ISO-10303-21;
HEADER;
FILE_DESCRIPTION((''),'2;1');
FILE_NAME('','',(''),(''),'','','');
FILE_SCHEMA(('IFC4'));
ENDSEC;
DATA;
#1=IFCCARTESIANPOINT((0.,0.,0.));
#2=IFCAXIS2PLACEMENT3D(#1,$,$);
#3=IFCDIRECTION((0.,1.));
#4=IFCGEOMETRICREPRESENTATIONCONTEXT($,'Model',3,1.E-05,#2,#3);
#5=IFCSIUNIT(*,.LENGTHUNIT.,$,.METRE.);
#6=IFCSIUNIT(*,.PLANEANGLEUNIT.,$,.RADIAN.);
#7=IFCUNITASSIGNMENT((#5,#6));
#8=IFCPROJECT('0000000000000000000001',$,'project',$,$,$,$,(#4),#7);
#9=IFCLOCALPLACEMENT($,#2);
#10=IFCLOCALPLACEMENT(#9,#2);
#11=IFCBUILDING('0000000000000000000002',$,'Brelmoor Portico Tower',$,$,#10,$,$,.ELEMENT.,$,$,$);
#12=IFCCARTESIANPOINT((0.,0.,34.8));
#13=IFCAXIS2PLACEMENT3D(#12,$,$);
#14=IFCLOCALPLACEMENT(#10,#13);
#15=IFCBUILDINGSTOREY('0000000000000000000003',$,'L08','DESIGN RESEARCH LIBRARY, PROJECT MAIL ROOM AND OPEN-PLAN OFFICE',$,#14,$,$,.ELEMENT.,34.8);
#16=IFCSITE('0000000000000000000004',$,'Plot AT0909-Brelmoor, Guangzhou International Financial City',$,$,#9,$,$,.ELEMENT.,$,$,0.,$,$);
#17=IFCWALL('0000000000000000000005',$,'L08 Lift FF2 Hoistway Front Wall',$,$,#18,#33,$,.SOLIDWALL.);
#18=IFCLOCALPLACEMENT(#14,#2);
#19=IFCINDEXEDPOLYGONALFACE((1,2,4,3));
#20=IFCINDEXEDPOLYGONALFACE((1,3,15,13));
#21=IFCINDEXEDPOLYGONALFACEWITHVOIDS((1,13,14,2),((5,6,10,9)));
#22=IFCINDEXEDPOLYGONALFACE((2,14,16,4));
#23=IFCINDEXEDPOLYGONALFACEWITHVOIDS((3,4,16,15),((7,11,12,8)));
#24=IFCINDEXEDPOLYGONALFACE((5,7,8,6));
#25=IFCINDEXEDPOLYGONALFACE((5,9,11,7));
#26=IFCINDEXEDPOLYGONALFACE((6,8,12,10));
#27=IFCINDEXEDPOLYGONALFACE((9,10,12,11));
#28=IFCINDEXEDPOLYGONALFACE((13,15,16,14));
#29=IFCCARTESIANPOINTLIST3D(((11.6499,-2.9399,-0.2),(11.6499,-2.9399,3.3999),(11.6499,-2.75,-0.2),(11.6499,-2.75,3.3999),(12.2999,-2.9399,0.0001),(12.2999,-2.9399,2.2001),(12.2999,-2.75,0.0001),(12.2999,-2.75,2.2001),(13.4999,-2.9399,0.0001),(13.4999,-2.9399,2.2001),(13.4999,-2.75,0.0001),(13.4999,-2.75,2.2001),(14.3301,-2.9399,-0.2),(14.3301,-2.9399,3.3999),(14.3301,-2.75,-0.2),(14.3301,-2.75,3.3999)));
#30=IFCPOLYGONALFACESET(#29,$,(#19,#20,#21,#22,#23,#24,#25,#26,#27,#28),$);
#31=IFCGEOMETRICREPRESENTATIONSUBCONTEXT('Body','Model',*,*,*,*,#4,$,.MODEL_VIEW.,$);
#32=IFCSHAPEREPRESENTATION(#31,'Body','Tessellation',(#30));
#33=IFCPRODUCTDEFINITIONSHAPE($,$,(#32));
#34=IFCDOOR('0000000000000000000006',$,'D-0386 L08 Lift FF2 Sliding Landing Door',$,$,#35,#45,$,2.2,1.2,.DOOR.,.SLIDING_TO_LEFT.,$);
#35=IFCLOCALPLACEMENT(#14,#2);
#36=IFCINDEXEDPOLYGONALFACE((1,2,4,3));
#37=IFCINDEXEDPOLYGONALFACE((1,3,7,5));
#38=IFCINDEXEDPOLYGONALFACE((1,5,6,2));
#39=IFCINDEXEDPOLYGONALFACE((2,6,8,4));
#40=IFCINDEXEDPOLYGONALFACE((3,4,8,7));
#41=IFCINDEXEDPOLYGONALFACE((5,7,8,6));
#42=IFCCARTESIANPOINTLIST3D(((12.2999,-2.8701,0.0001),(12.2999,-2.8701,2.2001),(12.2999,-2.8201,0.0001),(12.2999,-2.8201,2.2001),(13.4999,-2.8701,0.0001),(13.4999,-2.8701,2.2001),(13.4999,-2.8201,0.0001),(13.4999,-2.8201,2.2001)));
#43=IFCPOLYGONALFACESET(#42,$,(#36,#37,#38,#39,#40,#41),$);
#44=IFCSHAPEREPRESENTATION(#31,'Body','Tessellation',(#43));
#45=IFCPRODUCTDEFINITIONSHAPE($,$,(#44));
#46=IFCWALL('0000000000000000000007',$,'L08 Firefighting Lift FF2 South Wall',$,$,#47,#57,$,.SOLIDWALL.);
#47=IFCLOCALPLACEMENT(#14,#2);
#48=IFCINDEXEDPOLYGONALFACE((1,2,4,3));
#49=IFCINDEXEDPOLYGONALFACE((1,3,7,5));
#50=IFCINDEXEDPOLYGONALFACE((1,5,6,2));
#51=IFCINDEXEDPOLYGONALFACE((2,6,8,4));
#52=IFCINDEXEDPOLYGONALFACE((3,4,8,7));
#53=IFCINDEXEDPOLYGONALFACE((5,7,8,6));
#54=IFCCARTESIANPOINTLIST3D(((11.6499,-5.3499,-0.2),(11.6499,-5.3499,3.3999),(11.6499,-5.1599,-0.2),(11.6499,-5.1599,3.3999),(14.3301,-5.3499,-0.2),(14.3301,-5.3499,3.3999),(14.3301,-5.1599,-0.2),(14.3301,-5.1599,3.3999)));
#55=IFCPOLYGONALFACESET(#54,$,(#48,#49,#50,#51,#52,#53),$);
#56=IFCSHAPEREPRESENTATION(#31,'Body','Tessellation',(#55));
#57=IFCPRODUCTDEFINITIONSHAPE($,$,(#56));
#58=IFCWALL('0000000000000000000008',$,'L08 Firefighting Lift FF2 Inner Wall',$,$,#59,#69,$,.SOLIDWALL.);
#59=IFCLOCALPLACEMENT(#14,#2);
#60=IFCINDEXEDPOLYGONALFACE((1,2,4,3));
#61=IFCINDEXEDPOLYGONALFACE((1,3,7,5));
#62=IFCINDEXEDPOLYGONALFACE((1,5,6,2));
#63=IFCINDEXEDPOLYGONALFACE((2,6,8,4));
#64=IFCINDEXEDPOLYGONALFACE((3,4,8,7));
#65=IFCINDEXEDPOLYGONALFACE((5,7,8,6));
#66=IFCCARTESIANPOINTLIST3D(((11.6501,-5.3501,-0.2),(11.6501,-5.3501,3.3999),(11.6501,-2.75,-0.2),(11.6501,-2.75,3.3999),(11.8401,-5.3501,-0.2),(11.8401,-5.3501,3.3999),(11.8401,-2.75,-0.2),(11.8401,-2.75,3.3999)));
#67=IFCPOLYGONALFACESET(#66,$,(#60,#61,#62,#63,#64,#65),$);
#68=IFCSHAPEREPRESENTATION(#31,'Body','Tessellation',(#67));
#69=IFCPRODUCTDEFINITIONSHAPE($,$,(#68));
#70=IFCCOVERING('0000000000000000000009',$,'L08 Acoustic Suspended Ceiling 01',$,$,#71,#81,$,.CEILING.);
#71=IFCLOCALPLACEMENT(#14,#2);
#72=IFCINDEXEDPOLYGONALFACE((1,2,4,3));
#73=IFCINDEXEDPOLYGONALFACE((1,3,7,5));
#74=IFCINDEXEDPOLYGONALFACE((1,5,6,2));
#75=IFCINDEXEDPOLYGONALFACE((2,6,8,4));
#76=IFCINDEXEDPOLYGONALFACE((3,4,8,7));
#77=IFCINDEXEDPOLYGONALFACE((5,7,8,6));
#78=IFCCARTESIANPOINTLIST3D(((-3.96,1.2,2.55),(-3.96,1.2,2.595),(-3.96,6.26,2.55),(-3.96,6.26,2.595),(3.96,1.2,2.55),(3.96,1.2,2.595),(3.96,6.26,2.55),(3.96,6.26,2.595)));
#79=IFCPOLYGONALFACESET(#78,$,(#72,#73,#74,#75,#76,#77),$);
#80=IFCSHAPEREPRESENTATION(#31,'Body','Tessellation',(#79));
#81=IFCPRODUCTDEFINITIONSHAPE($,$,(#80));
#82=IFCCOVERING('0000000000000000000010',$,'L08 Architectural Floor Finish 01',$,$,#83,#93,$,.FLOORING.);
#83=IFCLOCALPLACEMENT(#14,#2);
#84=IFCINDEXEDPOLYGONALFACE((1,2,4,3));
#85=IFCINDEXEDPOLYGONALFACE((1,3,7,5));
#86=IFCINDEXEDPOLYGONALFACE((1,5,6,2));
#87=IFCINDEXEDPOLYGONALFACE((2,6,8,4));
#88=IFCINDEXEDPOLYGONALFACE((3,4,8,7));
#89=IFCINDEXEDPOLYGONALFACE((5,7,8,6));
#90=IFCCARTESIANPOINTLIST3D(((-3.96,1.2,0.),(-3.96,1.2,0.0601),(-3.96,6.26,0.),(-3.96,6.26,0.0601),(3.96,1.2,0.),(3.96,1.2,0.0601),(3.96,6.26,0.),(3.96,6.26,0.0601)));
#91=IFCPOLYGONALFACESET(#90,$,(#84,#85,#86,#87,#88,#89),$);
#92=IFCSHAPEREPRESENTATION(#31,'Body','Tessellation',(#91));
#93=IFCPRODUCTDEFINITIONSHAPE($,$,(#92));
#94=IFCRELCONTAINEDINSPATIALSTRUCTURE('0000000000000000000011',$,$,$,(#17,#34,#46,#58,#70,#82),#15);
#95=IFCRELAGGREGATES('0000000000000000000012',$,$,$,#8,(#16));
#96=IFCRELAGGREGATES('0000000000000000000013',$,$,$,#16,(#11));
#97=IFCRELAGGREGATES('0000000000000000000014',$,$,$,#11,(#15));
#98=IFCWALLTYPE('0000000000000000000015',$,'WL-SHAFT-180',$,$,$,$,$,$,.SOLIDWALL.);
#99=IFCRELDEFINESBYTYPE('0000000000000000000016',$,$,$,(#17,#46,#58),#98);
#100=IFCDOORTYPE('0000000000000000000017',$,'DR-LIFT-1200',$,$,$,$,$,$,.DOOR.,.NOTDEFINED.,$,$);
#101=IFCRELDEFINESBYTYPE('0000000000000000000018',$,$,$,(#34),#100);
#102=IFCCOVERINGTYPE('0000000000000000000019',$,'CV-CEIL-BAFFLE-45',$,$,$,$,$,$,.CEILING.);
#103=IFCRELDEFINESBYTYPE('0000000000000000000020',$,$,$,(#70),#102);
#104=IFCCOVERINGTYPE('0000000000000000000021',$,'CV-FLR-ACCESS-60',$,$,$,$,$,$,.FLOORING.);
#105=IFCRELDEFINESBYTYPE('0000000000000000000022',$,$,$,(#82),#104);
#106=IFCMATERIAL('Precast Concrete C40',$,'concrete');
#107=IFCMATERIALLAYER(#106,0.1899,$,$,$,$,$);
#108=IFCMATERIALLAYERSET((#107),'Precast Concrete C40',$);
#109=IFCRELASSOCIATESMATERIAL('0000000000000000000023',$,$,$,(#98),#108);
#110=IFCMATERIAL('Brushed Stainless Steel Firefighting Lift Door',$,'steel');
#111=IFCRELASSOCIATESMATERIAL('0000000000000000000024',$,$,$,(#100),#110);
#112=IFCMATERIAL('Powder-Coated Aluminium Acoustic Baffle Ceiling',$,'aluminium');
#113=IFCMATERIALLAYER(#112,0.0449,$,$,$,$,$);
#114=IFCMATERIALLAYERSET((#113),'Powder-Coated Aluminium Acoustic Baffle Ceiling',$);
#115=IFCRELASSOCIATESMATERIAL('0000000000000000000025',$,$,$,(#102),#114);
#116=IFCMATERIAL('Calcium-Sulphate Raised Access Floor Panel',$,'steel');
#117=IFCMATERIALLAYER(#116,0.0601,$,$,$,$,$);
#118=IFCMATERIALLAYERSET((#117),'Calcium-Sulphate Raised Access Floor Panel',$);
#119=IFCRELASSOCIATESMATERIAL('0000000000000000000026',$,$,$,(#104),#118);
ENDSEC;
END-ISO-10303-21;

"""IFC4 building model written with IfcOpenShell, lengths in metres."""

from ifc_helpers import new_model, si_unit, direction, frame, frame_2d, origin, place, context, subcontext, project, spatial, polyline, rectangle, outline, extrude, material, layer, layer_set, type_object, element, fill, save


model = new_model("IFC4")

# Units and contexts
model_context = context("Model", 3, precision=1e-05, world=origin(), true_north=direction((0.0, 1.0)))
body_context = subcontext(model_context, "Body", "Model", "MODEL_VIEW")
ifc_project = project(units=[si_unit("LENGTHUNIT", "METRE"), si_unit("PLANEANGLEUNIT", "RADIAN")], contexts=[model_context])

# Site, building, storey
site_placement = place(None, origin())
site = spatial("IfcSite", under=ifc_project, at=site_placement, Name="Plot AT0909-Brelmoor, Guangzhou International Financial City", CompositionType="ELEMENT", RefElevation=0.0)
building_placement = place(site_placement, origin())
building = spatial("IfcBuilding", under=site, at=building_placement, Name="Brelmoor Portico Tower", CompositionType="ELEMENT")
storey_placement = place(building_placement, frame((0.0, 0.0, 34.8)))
storey = spatial("IfcBuildingStorey", under=building, at=storey_placement, Name="L08", Description="DESIGN RESEARCH LIBRARY, PROJECT MAIL ROOM AND OPEN-PLAN OFFICE", CompositionType="ELEMENT", Elevation=34.8)

# Shared definitions
ifc_material_1 = material(Name="Precast Concrete C40", Category="concrete")
ifc_layer_1 = layer(ifc_material_1, 0.1899)
ifc_layer_set_1 = layer_set([ifc_layer_1], Name="Precast Concrete C40")
wall_type_1 = type_object("IfcWallType", Name="WL-SHAFT-180", PredefinedType="SOLIDWALL", material=ifc_layer_set_1)

# Wall, opening, door
wall_1_placement = place(storey_placement, frame((11.6499, -2.845, -0.2), z_axis=(0.0, 0.0, 1.0), x_axis=(1.0, 0.0, 0.0)))
wall_1 = element("IfcWall", 1, at=wall_1_placement, inside=storey, type_object=wall_type_1, Name="L08 Lift FF2 Hoistway Front Wall", PredefinedType="SOLIDWALL", context=body_context, shape_type="SweptSolid", body=[
    extrude(rectangle(XDim=2.6802, YDim=0.1899, at=frame_2d((1.3401, 0.0))), origin(), (0.0, 0.0, 1.0), 3.5999),
])
opening_1_placement = place(wall_1_placement, frame((0.6499, 0.0, 0.2)))
opening_1 = element("IfcOpeningElement", 2, at=opening_1_placement, cuts=wall_1, PredefinedType="OPENING", context=body_context, shape_type="SweptSolid", body=[
    extrude(rectangle(XDim=1.2, YDim=2.2, at=frame_2d((0.6001, 1.1001))), frame((0.0, 0.105, 0.0), z_axis=(0.0, -1.0, 0.0), x_axis=(1.0, 0.0, 0.0)), (0.0, 0.0, 1.0), 0.21),
])
ifc_material_2 = material(Name="Brushed Stainless Steel Firefighting Lift Door", Category="steel")
door_type_1 = type_object("IfcDoorType", Name="DR-LIFT-1200", OperationType="NOTDEFINED", PredefinedType="DOOR", material=ifc_material_2)
door_1_placement = place(opening_1_placement, origin())
door_1 = element("IfcDoor", 3, at=door_1_placement, inside=storey, type_object=door_type_1, Name="D-0386 L08 Lift FF2 Sliding Landing Door", OperationType="SLIDING_TO_LEFT", OverallHeight=2.2, OverallWidth=1.2, PredefinedType="DOOR", context=body_context, shape_type="SweptSolid", body=[
    extrude(rectangle(XDim=1.2, YDim=2.2, at=frame_2d((0.6001, 1.1001))), frame((0.0, 0.0249, 0.0), z_axis=(0.0, -1.0, 0.0), x_axis=(1.0, 0.0, 0.0)), (0.0, 0.0, 1.0), 0.05),
])
fill(opening_1, door_1)

# Walls
wall_2_placement = place(storey_placement, frame((11.6499, -5.2549, -0.2), z_axis=(0.0, 0.0, 1.0), x_axis=(1.0, 0.0, 0.0)))
element("IfcWall", 4, at=wall_2_placement, inside=storey, type_object=wall_type_1, Name="L08 Firefighting Lift FF2 South Wall", PredefinedType="SOLIDWALL", context=body_context, shape_type="SweptSolid", body=[
    extrude(rectangle(XDim=2.6802, YDim=0.1899, at=frame_2d((1.3401, 0.0))), origin(), (0.0, 0.0, 1.0), 3.5999),
])
wall_3_placement = place(storey_placement, frame((11.7451, -5.3501, -0.2), z_axis=(0.0, 0.0, 1.0), x_axis=(0.0, 1.0, 0.0)))
element("IfcWall", 5, at=wall_3_placement, inside=storey, type_object=wall_type_1, Name="L08 Firefighting Lift FF2 Inner Wall", PredefinedType="SOLIDWALL", context=body_context, shape_type="SweptSolid", body=[
    extrude(rectangle(XDim=2.6001, YDim=0.1899, at=frame_2d((1.3, 0.0))), origin(), (0.0, 0.0, 1.0), 3.5999),
])

# Coverings
ifc_material_3 = material(Name="Powder-Coated Aluminium Acoustic Baffle Ceiling", Category="aluminium")
ifc_layer_2 = layer(ifc_material_3, 0.0449)
ifc_layer_set_2 = layer_set([ifc_layer_2], Name="Powder-Coated Aluminium Acoustic Baffle Ceiling")
covering_type_1 = type_object("IfcCoveringType", Name="CV-CEIL-BAFFLE-45", PredefinedType="CEILING", material=ifc_layer_set_2)
covering_1_placement = place(storey_placement, frame((0.0, 0.0, 2.55)))
element("IfcCovering", 6, at=covering_1_placement, inside=storey, type_object=covering_type_1, Name="L08 Acoustic Suspended Ceiling 01", PredefinedType="CEILING", context=body_context, shape_type="SweptSolid", body=[
    extrude(outline(polyline([(-3.96, 1.2), (-3.96, 6.26), (3.96, 6.26), (3.96, 1.2), (-3.96, 1.2)])), origin(), (0.0, 0.0, 1.0), 0.0449),
])
ifc_material_4 = material(Name="Calcium-Sulphate Raised Access Floor Panel", Category="steel")
ifc_layer_3 = layer(ifc_material_4, 0.0601)
ifc_layer_set_3 = layer_set([ifc_layer_3], Name="Calcium-Sulphate Raised Access Floor Panel")
covering_type_2 = type_object("IfcCoveringType", Name="CV-FLR-ACCESS-60", PredefinedType="FLOORING", material=ifc_layer_set_3)
covering_2_placement = place(storey_placement, origin())
element("IfcCovering", 7, at=covering_2_placement, inside=storey, type_object=covering_type_2, Name="L08 Architectural Floor Finish 01", PredefinedType="FLOORING", context=body_context, shape_type="SweptSolid", body=[
    extrude(outline(polyline([(-3.96, 1.2), (-3.96, 6.26), (3.96, 6.26), (3.96, 1.2), (-3.96, 1.2)])), origin(), (0.0, 0.0, 1.0), 0.0601),
])

save(model, "model.ifc")
